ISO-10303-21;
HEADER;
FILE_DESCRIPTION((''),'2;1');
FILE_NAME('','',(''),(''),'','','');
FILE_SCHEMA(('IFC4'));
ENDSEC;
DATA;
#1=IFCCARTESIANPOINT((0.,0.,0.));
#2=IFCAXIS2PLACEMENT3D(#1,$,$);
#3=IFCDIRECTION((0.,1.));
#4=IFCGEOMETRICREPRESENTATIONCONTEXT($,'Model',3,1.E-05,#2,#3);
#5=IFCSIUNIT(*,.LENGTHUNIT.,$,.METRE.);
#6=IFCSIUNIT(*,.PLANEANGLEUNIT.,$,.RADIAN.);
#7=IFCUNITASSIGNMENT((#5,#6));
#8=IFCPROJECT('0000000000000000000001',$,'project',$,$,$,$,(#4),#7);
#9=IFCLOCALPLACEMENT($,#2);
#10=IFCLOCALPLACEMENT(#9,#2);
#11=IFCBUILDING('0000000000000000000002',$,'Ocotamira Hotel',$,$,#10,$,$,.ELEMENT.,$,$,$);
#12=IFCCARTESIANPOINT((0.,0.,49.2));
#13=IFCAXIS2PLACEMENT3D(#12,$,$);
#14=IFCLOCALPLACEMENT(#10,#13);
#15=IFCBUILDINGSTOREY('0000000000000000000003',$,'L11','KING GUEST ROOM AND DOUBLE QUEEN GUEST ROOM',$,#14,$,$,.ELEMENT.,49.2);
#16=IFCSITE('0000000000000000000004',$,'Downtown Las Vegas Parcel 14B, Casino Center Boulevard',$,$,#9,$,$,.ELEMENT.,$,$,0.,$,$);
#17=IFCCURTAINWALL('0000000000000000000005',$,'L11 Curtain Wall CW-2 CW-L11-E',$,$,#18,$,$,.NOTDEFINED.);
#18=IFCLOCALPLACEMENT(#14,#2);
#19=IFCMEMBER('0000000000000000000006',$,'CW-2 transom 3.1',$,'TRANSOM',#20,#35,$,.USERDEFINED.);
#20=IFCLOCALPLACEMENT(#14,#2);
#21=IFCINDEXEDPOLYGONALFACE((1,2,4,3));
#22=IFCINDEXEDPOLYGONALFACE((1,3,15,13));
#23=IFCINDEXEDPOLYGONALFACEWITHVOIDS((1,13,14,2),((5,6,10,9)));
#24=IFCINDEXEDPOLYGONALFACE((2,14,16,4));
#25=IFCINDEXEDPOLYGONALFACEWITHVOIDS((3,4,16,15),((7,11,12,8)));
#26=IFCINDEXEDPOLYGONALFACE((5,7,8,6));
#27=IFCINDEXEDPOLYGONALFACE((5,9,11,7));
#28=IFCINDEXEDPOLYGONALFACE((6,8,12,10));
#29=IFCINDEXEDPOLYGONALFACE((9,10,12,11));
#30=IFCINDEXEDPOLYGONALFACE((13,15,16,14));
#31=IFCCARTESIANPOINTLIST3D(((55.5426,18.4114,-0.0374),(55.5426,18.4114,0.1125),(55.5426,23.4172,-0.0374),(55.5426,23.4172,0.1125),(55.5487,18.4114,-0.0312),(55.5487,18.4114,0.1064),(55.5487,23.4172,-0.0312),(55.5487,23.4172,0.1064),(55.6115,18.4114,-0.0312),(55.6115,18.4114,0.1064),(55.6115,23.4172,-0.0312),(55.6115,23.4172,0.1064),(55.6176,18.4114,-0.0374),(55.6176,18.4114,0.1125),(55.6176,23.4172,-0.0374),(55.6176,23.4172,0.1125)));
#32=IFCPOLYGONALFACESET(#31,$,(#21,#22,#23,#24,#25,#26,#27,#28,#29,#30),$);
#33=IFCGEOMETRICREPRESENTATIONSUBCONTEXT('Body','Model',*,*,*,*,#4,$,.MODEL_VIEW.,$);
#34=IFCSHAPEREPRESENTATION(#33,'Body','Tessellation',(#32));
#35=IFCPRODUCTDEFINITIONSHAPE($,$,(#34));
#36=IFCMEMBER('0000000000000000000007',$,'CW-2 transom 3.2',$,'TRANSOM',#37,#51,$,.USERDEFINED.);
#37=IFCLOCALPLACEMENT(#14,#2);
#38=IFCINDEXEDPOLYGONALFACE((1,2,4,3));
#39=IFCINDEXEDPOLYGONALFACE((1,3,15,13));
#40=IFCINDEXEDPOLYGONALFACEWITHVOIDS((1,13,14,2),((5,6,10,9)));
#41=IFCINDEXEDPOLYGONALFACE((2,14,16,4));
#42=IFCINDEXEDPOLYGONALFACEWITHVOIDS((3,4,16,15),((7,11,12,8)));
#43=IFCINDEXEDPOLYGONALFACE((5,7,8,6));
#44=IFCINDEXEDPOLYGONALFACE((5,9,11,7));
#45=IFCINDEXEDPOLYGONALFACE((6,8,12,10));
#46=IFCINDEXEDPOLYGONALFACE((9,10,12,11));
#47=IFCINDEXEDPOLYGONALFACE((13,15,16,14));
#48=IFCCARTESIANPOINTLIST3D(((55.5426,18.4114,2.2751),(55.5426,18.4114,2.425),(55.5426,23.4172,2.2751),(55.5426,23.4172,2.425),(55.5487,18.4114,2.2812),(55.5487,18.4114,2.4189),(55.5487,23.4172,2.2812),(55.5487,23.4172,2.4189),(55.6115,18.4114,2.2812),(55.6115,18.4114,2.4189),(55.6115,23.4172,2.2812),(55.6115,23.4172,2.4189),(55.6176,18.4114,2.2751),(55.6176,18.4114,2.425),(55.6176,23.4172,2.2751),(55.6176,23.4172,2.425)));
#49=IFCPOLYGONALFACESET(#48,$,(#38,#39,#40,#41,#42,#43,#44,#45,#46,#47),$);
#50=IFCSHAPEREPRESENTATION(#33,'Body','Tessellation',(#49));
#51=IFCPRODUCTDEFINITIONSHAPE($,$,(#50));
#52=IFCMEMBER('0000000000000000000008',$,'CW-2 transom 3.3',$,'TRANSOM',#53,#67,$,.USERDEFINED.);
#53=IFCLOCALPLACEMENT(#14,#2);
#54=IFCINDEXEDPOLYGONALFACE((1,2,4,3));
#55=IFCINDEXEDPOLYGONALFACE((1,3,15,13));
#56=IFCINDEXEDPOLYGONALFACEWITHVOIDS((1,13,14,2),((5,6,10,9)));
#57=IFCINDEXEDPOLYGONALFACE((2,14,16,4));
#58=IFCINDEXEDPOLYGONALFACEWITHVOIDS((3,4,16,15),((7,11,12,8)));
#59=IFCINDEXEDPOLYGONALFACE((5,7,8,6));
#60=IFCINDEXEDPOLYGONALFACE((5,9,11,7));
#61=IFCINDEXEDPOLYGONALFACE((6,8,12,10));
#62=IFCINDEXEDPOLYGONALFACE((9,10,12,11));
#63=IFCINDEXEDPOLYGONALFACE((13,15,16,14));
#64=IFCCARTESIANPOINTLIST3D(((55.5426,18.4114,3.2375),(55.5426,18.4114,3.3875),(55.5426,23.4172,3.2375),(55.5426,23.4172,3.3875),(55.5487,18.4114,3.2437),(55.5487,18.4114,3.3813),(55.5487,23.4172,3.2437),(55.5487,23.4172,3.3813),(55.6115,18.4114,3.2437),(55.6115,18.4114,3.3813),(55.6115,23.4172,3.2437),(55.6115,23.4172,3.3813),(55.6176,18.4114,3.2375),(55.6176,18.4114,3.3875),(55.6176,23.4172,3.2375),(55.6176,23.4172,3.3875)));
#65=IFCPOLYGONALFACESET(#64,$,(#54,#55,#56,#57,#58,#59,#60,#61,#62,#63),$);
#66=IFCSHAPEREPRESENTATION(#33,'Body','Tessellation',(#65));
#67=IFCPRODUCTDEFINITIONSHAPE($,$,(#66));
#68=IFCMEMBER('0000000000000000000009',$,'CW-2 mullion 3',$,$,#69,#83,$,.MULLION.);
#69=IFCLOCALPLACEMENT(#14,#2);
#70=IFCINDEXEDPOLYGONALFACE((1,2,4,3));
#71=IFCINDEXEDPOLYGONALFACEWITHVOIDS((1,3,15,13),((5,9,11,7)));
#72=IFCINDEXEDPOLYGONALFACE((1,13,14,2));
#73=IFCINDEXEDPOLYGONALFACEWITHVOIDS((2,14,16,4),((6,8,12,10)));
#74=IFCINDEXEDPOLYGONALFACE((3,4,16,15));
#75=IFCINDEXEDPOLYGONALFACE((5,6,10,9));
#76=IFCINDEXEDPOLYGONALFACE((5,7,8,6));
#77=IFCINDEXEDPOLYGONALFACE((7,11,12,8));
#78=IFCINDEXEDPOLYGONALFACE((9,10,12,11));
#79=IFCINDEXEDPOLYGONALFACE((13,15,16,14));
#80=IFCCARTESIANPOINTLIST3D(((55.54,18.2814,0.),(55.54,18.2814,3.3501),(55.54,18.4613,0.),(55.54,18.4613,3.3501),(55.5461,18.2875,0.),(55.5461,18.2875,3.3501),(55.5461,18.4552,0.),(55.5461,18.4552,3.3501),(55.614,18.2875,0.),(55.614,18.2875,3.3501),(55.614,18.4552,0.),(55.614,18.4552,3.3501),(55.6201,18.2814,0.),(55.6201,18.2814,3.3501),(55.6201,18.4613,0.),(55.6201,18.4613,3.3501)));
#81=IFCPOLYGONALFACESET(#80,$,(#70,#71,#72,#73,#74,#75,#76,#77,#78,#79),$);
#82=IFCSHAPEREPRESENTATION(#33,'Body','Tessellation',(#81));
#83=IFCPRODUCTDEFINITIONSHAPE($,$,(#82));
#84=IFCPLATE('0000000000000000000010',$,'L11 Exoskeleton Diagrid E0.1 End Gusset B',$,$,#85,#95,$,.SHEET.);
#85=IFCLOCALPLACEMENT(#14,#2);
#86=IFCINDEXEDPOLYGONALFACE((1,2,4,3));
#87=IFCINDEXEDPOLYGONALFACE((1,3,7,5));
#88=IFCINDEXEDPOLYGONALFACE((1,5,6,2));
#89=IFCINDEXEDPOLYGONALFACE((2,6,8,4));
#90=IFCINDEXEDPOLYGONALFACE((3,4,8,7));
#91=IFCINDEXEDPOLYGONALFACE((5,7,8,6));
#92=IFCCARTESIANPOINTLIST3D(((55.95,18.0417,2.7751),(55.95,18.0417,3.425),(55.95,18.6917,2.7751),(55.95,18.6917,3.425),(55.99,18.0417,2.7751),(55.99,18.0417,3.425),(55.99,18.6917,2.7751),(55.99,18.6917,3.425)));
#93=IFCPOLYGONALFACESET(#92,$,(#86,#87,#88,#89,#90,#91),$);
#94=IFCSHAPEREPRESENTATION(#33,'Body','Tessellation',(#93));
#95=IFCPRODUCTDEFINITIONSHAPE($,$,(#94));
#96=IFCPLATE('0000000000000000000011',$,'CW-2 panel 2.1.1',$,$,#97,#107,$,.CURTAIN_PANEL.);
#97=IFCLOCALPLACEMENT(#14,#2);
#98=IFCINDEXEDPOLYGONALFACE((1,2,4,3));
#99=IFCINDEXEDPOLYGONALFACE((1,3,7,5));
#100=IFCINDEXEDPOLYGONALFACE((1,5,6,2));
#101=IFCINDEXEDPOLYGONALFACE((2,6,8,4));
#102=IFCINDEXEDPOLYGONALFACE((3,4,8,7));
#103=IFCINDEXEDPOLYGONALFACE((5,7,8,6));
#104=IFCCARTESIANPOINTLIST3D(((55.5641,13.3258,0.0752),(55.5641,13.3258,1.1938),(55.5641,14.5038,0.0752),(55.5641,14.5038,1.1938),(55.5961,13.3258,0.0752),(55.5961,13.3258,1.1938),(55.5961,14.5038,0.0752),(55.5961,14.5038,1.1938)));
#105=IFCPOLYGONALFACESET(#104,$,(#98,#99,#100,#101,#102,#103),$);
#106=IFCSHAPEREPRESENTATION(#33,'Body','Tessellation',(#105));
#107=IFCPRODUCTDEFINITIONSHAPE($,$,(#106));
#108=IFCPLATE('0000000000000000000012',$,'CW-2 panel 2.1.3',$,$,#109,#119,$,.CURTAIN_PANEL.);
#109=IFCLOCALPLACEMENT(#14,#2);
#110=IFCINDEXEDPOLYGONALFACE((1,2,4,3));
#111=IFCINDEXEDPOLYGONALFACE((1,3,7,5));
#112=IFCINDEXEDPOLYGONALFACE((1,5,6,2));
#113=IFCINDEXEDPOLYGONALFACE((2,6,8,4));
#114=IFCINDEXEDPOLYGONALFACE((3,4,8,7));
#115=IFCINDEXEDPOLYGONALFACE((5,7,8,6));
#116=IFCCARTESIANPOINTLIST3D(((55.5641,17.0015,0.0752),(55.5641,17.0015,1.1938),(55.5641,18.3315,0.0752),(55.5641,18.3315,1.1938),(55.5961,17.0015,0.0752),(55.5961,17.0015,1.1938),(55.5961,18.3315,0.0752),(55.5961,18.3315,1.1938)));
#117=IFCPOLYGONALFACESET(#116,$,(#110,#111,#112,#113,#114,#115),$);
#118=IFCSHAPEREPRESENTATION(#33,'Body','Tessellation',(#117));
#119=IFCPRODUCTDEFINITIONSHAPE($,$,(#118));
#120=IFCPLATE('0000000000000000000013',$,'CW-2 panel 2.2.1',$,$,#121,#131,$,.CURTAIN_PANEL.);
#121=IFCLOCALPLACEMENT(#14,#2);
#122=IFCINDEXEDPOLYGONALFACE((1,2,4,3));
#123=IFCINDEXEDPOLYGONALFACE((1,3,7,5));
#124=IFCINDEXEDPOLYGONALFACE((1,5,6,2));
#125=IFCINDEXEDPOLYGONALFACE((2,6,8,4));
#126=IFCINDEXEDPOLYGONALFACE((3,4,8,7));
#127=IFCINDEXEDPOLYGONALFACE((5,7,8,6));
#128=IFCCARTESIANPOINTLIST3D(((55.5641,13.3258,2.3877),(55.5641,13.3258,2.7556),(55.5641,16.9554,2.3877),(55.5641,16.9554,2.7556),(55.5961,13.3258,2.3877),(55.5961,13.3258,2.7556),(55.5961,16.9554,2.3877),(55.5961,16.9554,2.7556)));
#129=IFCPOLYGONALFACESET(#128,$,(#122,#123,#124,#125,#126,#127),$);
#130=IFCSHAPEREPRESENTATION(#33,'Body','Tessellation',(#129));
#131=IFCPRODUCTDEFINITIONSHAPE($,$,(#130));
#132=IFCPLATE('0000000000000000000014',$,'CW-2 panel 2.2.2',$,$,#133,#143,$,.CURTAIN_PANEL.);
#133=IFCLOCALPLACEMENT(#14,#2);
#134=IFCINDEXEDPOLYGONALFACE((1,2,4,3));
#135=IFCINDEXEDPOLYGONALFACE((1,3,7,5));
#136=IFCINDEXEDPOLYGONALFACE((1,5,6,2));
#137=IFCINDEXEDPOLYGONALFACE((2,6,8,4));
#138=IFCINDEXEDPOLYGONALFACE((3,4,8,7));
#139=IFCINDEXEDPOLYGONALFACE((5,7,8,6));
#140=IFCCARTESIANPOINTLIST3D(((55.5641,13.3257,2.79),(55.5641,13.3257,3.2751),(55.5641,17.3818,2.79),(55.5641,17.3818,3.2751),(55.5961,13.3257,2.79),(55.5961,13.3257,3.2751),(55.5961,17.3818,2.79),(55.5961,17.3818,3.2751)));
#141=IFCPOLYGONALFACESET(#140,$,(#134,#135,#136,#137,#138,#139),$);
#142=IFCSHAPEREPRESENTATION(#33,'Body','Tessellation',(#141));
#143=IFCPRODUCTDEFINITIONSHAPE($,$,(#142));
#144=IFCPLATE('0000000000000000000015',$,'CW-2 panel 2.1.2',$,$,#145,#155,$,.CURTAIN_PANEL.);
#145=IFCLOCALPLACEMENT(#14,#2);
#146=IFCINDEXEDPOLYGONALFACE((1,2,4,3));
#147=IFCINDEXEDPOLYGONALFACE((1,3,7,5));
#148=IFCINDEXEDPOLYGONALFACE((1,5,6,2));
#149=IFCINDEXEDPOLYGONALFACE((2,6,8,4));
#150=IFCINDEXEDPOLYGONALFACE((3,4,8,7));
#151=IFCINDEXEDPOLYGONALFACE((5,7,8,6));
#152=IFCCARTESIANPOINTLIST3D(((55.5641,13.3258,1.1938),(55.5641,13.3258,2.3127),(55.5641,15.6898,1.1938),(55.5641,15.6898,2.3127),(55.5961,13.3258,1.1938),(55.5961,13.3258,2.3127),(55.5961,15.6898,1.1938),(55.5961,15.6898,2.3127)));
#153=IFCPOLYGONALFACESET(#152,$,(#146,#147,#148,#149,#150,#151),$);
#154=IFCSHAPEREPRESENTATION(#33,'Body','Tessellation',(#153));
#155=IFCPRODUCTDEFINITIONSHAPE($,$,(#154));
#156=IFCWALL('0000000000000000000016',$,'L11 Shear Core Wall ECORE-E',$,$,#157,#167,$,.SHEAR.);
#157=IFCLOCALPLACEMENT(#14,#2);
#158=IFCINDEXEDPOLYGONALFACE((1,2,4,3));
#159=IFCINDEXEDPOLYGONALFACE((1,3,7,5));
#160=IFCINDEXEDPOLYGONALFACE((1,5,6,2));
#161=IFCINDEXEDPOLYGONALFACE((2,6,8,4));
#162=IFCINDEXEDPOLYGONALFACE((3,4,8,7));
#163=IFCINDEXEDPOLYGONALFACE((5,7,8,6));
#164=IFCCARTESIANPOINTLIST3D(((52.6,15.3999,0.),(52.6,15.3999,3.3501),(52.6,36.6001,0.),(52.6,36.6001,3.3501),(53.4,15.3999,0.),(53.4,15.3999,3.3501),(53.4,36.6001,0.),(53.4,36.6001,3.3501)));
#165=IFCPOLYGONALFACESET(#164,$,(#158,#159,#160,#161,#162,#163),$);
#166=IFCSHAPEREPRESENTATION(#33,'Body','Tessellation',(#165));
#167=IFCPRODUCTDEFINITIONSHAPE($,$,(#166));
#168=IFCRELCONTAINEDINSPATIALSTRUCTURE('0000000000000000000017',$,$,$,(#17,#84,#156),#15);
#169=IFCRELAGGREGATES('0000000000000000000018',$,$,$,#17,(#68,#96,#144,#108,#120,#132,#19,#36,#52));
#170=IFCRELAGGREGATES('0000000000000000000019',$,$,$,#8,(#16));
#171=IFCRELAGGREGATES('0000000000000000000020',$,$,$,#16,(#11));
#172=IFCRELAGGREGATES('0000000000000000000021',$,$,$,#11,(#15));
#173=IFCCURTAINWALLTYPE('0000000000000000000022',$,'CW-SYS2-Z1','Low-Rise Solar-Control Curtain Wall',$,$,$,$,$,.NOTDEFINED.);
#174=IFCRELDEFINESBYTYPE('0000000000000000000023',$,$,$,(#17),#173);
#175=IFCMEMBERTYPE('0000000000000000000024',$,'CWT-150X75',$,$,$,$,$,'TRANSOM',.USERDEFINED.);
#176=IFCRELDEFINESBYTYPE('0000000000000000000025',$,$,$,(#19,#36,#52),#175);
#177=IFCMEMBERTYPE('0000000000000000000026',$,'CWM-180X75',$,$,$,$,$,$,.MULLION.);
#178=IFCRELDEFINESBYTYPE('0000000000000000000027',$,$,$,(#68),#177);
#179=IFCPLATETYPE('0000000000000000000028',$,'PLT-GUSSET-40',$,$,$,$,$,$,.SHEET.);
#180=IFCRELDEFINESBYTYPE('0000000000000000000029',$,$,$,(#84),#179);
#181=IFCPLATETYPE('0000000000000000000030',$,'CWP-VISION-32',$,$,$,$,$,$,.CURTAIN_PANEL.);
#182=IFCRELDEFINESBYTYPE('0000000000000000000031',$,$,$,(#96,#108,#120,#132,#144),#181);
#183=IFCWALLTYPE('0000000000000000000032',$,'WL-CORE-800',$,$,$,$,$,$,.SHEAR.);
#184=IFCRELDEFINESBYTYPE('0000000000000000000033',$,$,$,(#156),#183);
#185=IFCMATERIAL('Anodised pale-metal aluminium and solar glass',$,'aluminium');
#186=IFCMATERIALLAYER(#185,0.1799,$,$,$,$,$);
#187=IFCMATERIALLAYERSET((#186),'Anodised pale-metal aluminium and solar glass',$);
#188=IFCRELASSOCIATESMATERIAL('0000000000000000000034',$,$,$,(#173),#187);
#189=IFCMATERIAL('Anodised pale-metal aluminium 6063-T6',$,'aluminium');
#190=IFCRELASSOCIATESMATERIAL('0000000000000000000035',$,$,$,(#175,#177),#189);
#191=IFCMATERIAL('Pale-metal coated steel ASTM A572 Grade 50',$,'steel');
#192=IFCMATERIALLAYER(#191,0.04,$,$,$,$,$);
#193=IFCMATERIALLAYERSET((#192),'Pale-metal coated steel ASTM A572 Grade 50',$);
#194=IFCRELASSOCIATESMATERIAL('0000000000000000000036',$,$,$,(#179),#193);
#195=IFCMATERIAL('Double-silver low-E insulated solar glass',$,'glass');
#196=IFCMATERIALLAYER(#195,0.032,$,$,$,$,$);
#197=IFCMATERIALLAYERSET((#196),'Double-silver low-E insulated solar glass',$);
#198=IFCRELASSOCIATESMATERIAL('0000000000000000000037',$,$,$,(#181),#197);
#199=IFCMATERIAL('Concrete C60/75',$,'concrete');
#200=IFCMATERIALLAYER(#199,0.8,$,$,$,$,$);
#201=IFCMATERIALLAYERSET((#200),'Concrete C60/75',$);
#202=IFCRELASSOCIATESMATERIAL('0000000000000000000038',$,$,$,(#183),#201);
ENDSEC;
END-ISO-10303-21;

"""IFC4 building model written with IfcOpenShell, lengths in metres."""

from ifc_helpers import new_model, si_unit, direction, frame, frame_2d, origin, origin_2d, place, context, subcontext, project, spatial, rectangle, hollow_rectangle, extrude, source, transform, mapped, material, layer, layer_set, material_profile, profile_set, type_object, element, aggregate, save


model = new_model("IFC4")

# Units and contexts
model_context = context("Model", 3, precision=1e-05, world=origin(), true_north=direction((0.0, 1.0)))
body_context = subcontext(model_context, "Body", "Model", "MODEL_VIEW")
ifc_project = project(units=[si_unit("LENGTHUNIT", "METRE"), si_unit("PLANEANGLEUNIT", "RADIAN")], contexts=[model_context])

# Site, building, storey
site_placement = place(None, origin())
site = spatial("IfcSite", under=ifc_project, at=site_placement, Name="Downtown Las Vegas Parcel 14B, Casino Center Boulevard", CompositionType="ELEMENT", RefElevation=0.0)
building_placement = place(site_placement, origin())
building = spatial("IfcBuilding", under=site, at=building_placement, Name="Ocotamira Hotel", CompositionType="ELEMENT")
storey_placement = place(building_placement, frame((0.0, 0.0, 49.2)))
storey = spatial("IfcBuildingStorey", under=building, at=storey_placement, Name="L11", Description="KING GUEST ROOM AND DOUBLE QUEEN GUEST ROOM", CompositionType="ELEMENT", Elevation=49.2)

# Curtain wall, members
ifc_material_1 = material(Name="Anodised pale-metal aluminium and solar glass", Category="aluminium")
ifc_layer_1 = layer(ifc_material_1, 0.1799)
ifc_layer_set_1 = layer_set([ifc_layer_1], Name="Anodised pale-metal aluminium and solar glass")
curtain_wall_type = type_object("IfcCurtainWallType", Name="CW-SYS2-Z1", Description="Low-Rise Solar-Control Curtain Wall", PredefinedType="NOTDEFINED", material=ifc_layer_set_1)
curtain_wall_placement = place(storey_placement, origin())
curtain_wall = element("IfcCurtainWall", 1, at=curtain_wall_placement, inside=storey, type_object=curtain_wall_type, Name="L11 Curtain Wall CW-2 CW-L11-E", PredefinedType="NOTDEFINED")
ifc_material_2 = material(Name="Anodised pale-metal aluminium 6063-T6", Category="aluminium")
ifc_material_profile_1 = material_profile(ifc_material_2, hollow_rectangle(XDim=0.075, YDim=0.1499, WallThickness=0.0061, at=origin_2d()), Name="HSS150X75X6")
ifc_profile_set_1 = profile_set([ifc_material_profile_1], Name="Anodised pale-metal aluminium 6063-T6")
member_type_1 = type_object("IfcMemberType", Name="CWT-150X75", ElementType="TRANSOM", PredefinedType="USERDEFINED", material=ifc_profile_set_1)
shared_shape_1 = source(origin(), body_context, "Body", "SweptSolid", [
    extrude(hollow_rectangle(XDim=0.075, YDim=0.1499, WallThickness=0.0061, at=origin_2d()), origin(), (0.0, 0.0, 1.0), 5.0059),
])
member_1_placement = place(storey_placement, frame((55.5801, 18.4114, 0.0376), z_axis=(0.0, 1.0, 0.0), x_axis=(-1.0, 0.0, 0.0)))
member_1 = element("IfcMember", 2, at=member_1_placement, type_object=member_type_1, Name="CW-2 transom 3.1", ObjectType="TRANSOM", PredefinedType="USERDEFINED", context=body_context, shape_type="MappedRepresentation", body=[
    mapped(shared_shape_1, transform((0.0, 0.0, 0.0), scale=1.0)),
])
member_2_placement = place(storey_placement, frame((55.5801, 18.4114, 2.3501), z_axis=(0.0, 1.0, 0.0), x_axis=(-1.0, 0.0, 0.0)))
member_2 = element("IfcMember", 3, at=member_2_placement, type_object=member_type_1, Name="CW-2 transom 3.2", ObjectType="TRANSOM", PredefinedType="USERDEFINED", context=body_context, shape_type="MappedRepresentation", body=[
    mapped(shared_shape_1, transform((0.0, 0.0, 0.0), scale=1.0)),
])
member_3_placement = place(storey_placement, frame((55.5801, 18.4114, 3.3125), z_axis=(0.0, 1.0, 0.0), x_axis=(-1.0, 0.0, 0.0)))
member_3 = element("IfcMember", 4, at=member_3_placement, type_object=member_type_1, Name="CW-2 transom 3.3", ObjectType="TRANSOM", PredefinedType="USERDEFINED", context=body_context, shape_type="MappedRepresentation", body=[
    mapped(shared_shape_1, transform((0.0, 0.0, 0.0), scale=1.0)),
])
ifc_material_profile_2 = material_profile(ifc_material_2, hollow_rectangle(XDim=0.0801, YDim=0.1799, WallThickness=0.0061, at=origin_2d()), Name="HSS180X80X6")
ifc_profile_set_2 = profile_set([ifc_material_profile_2], Name="Anodised pale-metal aluminium 6063-T6")
member_type_2 = type_object("IfcMemberType", Name="CWM-180X75", PredefinedType="MULLION", material=ifc_profile_set_2)
shared_shape_2 = source(origin(), body_context, "Body", "SweptSolid", [
    extrude(hollow_rectangle(XDim=0.0801, YDim=0.1799, WallThickness=0.0061, at=origin_2d()), origin(), (0.0, 0.0, 1.0), 3.3501),
])
member_4_placement = place(storey_placement, frame((55.5801, 18.3713, 0.0), z_axis=(0.0, 0.0, 1.0), x_axis=(-1.0, 0.0, 0.0)))
member_4 = element("IfcMember", 5, at=member_4_placement, type_object=member_type_2, Name="CW-2 mullion 3", PredefinedType="MULLION", context=body_context, shape_type="MappedRepresentation", body=[
    mapped(shared_shape_2, transform((0.0, 0.0, 0.0), scale=1.0)),
])

# Plates
ifc_material_3 = material(Name="Pale-metal coated steel ASTM A572 Grade 50", Category="steel")
ifc_layer_2 = layer(ifc_material_3, 0.04)
ifc_layer_set_2 = layer_set([ifc_layer_2], Name="Pale-metal coated steel ASTM A572 Grade 50")
plate_type_1 = type_object("IfcPlateType", Name="PLT-GUSSET-40", PredefinedType="SHEET", material=ifc_layer_set_2)
shared_shape_3 = source(origin(), body_context, "Body", "SweptSolid", [
    extrude(rectangle(XDim=0.04, YDim=0.6499, at=origin_2d()), origin(), (0.0, 0.0, 1.0), 0.6499),
])
plate_1_placement = place(storey_placement, frame((55.97, 18.3667, 2.7751), z_axis=(0.0, 0.0, 1.0), x_axis=(1.0, 0.0, 0.0)))
element("IfcPlate", 6, at=plate_1_placement, inside=storey, type_object=plate_type_1, Name="L11 Exoskeleton Diagrid E0.1 End Gusset B", PredefinedType="SHEET", context=body_context, shape_type="MappedRepresentation", body=[
    mapped(shared_shape_3, transform((0.0, 0.0, 0.0), scale=1.0)),
])
ifc_material_4 = material(Name="Double-silver low-E insulated solar glass", Category="glass")
ifc_layer_3 = layer(ifc_material_4, 0.032)
ifc_layer_set_3 = layer_set([ifc_layer_3], Name="Double-silver low-E insulated solar glass")
plate_type_2 = type_object("IfcPlateType", Name="CWP-VISION-32", PredefinedType="CURTAIN_PANEL", material=ifc_layer_set_3)
shared_shape_4 = source(origin(), body_context, "Body", "SweptSolid", [
    extrude(rectangle(XDim=1.178, YDim=0.032, at=origin_2d()), origin(), (0.0, 0.0, 1.0), 1.1187),
])
plate_2_placement = place(storey_placement, frame((55.5801, 13.9148, 0.0752), z_axis=(0.0, 0.0, 1.0), x_axis=(0.0, 1.0, 0.0)))
plate_2 = element("IfcPlate", 7, at=plate_2_placement, type_object=plate_type_2, Name="CW-2 panel 2.1.1", PredefinedType="CURTAIN_PANEL", context=body_context, shape_type="MappedRepresentation", body=[
    mapped(shared_shape_4, transform((0.0, 0.0, 0.0), scale=1.0)),
])
shared_shape_5 = source(origin(), body_context, "Body", "SweptSolid", [
    extrude(rectangle(XDim=1.3301, YDim=0.032, at=origin_2d()), origin(), (0.0, 0.0, 1.0), 1.1187),
])
plate_3_placement = place(storey_placement, frame((55.5801, 17.6665, 0.0752), z_axis=(0.0, 0.0, 1.0), x_axis=(0.0, 1.0, 0.0)))
plate_3 = element("IfcPlate", 8, at=plate_3_placement, type_object=plate_type_2, Name="CW-2 panel 2.1.3", PredefinedType="CURTAIN_PANEL", context=body_context, shape_type="MappedRepresentation", body=[
    mapped(shared_shape_5, transform((0.0, 0.0, 0.0), scale=1.0)),
])
shared_shape_6 = source(origin(), body_context, "Body", "SweptSolid", [
    extrude(rectangle(XDim=3.6296, YDim=0.032, at=origin_2d()), origin(), (0.0, 0.0, 1.0), 0.3679),
])
plate_4_placement = place(storey_placement, frame((55.5801, 15.1406, 2.3877), z_axis=(0.0, 0.0, 1.0), x_axis=(0.0, 1.0, 0.0)))
plate_4 = element("IfcPlate", 9, at=plate_4_placement, type_object=plate_type_2, Name="CW-2 panel 2.2.1", PredefinedType="CURTAIN_PANEL", context=body_context, shape_type="MappedRepresentation", body=[
    mapped(shared_shape_6, transform((0.0, 0.0, 0.0), scale=1.0)),
])
shared_shape_7 = source(origin(), body_context, "Body", "SweptSolid", [
    extrude(rectangle(XDim=4.0562, YDim=0.032, at=origin_2d()), origin(), (0.0, 0.0, 1.0), 0.4851),
])
plate_5_placement = place(storey_placement, frame((55.5801, 15.3538, 2.79), z_axis=(0.0, 0.0, 1.0), x_axis=(0.0, 1.0, 0.0)))
plate_5 = element("IfcPlate", 10, at=plate_5_placement, type_object=plate_type_2, Name="CW-2 panel 2.2.2", PredefinedType="CURTAIN_PANEL", context=body_context, shape_type="MappedRepresentation", body=[
    mapped(shared_shape_7, transform((0.0, 0.0, 0.0), scale=1.0)),
])
shared_shape_8 = source(origin(), body_context, "Body", "SweptSolid", [
    extrude(rectangle(XDim=2.364, YDim=0.032, at=origin_2d()), origin(), (0.0, 0.0, 1.0), 1.1189),
])
plate_6_placement = place(storey_placement, frame((55.5801, 14.5078, 1.1938), z_axis=(0.0, 0.0, 1.0), x_axis=(0.0, 1.0, 0.0)))
plate_6 = element("IfcPlate", 11, at=plate_6_placement, type_object=plate_type_2, Name="CW-2 panel 2.1.2", PredefinedType="CURTAIN_PANEL", context=body_context, shape_type="MappedRepresentation", body=[
    mapped(shared_shape_8, transform((0.0, 0.0, 0.0), scale=1.0)),
])
aggregate(curtain_wall, [member_4, plate_2, plate_6, plate_3, plate_4, plate_5, member_1, member_2, member_3])

# Wall
ifc_material_5 = material(Name="Concrete C60/75", Category="concrete")
ifc_layer_4 = layer(ifc_material_5, 0.8)
ifc_layer_set_4 = layer_set([ifc_layer_4], Name="Concrete C60/75")
wall_type = type_object("IfcWallType", Name="WL-CORE-800", PredefinedType="SHEAR", material=ifc_layer_set_4)
wall_placement = place(storey_placement, frame((53.0, 15.3999, 0.0), z_axis=(0.0, 0.0, 1.0), x_axis=(0.0, 1.0, 0.0)))
element("IfcWall", 12, at=wall_placement, inside=storey, type_object=wall_type, Name="L11 Shear Core Wall ECORE-E", PredefinedType="SHEAR", context=body_context, shape_type="SweptSolid", body=[
    extrude(rectangle(XDim=21.2002, YDim=0.8, at=frame_2d((10.6001, 0.0))), origin(), (0.0, 0.0, 1.0), 3.3501),
])

save(model, "model.ifc")
